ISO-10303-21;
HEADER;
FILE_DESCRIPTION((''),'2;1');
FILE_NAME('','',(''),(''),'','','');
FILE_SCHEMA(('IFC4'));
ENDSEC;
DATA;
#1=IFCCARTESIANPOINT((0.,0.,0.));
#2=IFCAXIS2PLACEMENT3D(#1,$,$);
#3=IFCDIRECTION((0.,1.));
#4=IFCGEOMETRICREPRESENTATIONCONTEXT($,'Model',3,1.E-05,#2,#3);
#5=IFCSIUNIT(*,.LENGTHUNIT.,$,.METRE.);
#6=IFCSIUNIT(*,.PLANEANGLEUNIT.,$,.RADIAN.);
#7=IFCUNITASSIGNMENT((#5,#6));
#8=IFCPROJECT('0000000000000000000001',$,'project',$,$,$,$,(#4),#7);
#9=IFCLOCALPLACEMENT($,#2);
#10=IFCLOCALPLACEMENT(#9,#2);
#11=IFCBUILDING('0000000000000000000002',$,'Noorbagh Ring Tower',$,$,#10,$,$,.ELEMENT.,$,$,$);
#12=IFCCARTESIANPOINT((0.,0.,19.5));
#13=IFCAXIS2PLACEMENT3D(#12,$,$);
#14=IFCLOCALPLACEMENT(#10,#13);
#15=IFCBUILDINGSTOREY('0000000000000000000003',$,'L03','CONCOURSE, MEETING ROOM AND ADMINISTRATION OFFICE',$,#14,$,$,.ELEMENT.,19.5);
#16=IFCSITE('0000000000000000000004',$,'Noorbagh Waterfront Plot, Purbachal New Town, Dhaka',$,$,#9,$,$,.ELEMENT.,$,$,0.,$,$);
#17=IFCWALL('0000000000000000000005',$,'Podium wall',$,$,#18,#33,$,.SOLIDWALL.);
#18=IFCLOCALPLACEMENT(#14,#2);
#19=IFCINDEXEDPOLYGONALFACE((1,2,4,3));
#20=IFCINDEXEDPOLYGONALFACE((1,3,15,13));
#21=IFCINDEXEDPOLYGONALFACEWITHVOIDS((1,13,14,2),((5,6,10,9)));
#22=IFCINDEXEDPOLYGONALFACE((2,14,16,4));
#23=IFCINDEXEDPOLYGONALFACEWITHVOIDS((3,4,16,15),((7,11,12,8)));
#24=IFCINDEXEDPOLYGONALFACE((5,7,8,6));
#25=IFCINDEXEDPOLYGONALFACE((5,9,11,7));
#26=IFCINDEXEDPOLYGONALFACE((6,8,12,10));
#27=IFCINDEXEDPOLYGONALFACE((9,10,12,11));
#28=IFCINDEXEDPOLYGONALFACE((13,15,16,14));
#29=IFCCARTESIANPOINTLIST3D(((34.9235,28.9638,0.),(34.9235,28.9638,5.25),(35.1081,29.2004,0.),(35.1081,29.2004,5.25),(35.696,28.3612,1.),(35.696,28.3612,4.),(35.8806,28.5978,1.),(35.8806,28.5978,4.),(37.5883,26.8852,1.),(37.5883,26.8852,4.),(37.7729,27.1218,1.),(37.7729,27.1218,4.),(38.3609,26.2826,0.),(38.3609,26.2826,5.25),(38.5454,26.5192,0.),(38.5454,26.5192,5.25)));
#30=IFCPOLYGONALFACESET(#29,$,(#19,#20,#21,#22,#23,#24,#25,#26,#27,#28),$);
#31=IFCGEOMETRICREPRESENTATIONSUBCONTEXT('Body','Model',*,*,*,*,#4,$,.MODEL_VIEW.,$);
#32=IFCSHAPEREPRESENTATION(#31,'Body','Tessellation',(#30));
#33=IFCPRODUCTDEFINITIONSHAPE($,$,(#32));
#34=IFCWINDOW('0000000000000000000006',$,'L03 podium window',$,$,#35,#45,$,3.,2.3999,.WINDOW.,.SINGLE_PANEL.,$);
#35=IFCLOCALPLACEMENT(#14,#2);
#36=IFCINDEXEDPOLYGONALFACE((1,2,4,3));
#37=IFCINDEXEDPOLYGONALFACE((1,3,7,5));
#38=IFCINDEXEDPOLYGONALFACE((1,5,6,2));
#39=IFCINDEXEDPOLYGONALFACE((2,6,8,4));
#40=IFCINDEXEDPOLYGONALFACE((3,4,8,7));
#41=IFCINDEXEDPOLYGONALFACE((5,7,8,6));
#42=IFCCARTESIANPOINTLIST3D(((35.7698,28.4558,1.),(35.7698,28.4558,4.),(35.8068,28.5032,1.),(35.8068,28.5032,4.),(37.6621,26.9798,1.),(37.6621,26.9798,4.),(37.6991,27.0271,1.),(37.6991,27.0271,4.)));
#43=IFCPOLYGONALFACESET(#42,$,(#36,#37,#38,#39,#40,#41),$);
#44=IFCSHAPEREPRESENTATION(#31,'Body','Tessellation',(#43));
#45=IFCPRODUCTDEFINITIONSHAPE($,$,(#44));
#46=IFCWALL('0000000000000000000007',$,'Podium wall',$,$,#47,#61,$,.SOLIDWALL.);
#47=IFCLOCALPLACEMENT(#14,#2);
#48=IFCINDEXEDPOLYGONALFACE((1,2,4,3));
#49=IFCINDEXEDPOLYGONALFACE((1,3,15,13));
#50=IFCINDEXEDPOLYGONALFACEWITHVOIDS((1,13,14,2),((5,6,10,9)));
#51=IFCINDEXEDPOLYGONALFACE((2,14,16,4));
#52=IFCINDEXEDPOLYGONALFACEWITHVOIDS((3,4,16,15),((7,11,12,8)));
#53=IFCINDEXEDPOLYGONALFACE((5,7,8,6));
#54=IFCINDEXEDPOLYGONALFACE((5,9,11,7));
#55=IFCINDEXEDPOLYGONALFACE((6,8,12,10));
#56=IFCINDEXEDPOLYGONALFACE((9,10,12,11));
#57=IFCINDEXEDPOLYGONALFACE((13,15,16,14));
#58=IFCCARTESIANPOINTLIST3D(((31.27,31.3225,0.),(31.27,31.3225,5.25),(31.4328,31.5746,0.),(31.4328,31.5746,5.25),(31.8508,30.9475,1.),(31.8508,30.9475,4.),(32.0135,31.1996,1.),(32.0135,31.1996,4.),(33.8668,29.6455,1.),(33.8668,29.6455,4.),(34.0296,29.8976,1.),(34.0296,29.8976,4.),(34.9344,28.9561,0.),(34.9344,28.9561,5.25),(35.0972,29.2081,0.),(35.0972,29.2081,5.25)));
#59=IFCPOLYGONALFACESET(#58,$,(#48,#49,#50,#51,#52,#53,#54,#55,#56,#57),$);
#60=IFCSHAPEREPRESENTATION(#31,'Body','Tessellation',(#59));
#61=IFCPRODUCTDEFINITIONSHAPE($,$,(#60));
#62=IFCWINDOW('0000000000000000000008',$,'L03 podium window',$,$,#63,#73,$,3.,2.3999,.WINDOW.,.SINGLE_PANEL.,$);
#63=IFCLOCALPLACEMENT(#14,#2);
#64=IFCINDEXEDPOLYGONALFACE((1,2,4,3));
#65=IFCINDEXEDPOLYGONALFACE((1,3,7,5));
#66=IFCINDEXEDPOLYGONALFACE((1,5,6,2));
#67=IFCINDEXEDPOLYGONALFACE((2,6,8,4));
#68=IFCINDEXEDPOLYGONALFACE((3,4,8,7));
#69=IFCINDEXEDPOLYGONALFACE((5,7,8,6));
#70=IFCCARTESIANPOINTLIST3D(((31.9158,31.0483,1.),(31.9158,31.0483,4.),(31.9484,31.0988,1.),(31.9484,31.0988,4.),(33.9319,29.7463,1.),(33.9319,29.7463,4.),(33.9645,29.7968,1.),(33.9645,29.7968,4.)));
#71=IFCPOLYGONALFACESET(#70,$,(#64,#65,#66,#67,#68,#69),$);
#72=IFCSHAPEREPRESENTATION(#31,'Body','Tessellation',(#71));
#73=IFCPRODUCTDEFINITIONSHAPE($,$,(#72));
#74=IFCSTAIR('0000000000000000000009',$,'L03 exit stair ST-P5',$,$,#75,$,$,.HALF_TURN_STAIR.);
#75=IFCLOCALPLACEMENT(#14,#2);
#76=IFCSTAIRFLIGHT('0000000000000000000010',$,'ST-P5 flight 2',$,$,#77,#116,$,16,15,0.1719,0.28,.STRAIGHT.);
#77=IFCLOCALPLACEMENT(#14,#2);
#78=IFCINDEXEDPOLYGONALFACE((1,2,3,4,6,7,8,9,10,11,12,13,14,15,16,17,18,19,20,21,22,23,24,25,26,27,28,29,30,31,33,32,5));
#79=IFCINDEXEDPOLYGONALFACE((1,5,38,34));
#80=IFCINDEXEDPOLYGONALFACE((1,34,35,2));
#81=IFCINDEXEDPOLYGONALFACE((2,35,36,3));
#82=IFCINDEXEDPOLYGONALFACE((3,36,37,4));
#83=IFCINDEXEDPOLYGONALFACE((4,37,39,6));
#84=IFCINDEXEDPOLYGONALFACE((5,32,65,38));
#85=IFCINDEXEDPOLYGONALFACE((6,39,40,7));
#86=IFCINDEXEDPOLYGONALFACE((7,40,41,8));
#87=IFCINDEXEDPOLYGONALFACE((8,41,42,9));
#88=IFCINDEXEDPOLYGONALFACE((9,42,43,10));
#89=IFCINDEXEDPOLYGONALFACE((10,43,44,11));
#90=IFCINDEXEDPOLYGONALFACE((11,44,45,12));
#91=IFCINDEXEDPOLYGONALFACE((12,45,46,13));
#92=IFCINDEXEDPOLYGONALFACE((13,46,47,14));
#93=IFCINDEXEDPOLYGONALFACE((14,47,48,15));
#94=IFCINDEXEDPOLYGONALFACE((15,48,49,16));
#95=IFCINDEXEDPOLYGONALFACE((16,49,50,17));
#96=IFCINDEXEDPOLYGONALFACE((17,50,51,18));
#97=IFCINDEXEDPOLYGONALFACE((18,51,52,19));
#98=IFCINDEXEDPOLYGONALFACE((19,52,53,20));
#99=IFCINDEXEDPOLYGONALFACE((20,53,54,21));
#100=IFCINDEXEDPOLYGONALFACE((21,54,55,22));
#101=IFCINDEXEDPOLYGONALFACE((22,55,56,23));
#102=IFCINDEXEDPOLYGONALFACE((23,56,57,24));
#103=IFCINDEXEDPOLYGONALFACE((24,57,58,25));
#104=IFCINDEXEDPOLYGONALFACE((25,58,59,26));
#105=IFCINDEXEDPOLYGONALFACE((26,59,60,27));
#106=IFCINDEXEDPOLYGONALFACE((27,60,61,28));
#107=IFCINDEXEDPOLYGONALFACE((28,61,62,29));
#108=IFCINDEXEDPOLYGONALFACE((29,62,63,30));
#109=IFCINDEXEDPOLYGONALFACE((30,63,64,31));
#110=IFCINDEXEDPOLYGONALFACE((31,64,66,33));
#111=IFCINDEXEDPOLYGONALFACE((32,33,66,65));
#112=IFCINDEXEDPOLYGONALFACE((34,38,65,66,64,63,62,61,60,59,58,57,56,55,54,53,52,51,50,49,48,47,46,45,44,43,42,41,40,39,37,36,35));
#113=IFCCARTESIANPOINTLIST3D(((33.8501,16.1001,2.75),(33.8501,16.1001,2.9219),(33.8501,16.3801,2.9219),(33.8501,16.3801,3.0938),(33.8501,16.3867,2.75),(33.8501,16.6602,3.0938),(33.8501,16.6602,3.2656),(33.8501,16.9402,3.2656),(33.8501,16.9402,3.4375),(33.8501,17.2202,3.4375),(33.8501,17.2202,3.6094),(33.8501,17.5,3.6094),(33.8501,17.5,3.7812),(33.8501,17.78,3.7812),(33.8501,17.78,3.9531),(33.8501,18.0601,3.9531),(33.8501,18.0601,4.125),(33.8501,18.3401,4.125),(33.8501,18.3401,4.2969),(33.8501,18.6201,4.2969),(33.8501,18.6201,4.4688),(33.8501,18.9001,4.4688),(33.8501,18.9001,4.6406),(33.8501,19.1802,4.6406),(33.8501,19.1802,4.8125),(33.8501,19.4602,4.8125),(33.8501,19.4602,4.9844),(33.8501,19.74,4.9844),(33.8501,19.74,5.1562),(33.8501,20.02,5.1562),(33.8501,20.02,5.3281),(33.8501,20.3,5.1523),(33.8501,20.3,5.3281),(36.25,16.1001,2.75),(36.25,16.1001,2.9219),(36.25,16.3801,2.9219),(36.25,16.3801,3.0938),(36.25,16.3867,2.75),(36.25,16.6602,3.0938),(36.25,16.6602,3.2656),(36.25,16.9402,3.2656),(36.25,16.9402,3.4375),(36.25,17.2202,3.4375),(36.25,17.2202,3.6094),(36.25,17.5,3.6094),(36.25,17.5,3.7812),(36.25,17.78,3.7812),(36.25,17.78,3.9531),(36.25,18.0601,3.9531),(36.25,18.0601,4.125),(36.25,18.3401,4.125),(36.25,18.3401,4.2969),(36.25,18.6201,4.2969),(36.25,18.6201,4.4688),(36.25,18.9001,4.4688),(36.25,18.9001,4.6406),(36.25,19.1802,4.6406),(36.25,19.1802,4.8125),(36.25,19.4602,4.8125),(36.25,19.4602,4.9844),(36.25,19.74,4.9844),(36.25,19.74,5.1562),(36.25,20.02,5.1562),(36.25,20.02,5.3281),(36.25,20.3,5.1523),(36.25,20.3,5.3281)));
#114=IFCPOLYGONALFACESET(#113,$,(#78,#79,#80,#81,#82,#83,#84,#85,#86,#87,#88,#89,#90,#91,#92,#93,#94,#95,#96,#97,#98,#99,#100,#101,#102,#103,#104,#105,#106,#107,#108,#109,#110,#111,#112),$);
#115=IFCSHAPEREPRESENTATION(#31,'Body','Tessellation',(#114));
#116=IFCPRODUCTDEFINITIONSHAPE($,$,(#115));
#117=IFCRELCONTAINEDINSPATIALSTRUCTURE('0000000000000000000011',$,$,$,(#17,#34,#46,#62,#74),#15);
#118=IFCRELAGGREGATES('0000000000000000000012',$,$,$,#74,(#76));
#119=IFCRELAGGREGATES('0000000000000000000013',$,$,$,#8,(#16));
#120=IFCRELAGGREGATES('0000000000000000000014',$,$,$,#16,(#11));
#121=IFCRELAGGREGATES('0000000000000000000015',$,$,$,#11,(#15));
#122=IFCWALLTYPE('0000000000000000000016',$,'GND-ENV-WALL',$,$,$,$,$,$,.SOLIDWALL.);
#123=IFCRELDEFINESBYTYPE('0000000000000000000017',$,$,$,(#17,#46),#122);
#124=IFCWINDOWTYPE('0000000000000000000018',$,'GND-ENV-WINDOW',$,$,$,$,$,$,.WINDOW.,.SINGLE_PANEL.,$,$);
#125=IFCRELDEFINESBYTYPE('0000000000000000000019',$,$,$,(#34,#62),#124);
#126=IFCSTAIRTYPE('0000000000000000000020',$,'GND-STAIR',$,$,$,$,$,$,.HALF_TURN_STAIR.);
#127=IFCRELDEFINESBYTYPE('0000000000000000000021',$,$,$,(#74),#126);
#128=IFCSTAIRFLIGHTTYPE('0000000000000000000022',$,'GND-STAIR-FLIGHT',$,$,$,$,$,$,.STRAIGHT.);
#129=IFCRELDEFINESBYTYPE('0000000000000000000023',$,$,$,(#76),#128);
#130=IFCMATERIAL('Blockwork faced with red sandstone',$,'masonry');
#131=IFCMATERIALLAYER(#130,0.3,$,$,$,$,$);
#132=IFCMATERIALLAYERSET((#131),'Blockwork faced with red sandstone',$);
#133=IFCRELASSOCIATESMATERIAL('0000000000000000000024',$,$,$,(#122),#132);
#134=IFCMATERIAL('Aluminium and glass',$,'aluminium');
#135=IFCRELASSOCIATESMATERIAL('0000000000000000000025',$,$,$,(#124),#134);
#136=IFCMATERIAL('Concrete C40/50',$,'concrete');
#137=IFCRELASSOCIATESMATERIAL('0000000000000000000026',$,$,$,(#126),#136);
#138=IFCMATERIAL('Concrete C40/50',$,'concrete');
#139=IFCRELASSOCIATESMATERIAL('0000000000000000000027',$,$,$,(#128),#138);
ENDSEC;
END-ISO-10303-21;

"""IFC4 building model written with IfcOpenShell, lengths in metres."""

from ifc_helpers import new_model, si_unit, direction, frame, frame_2d, origin, place, context, subcontext, project, spatial, polyline, rectangle, outline, extrude, material, layer, layer_set, type_object, element, fill, aggregate, save


model = new_model("IFC4")

# Units and contexts
model_context = context("Model", 3, precision=1e-05, world=origin(), true_north=direction((0.0, 1.0)))
body_context = subcontext(model_context, "Body", "Model", "MODEL_VIEW")
ifc_project = project(units=[si_unit("LENGTHUNIT", "METRE"), si_unit("PLANEANGLEUNIT", "RADIAN")], contexts=[model_context])

# Site, building, storey
site_placement = place(None, origin())
site = spatial("IfcSite", under=ifc_project, at=site_placement, Name="Noorbagh Waterfront Plot, Purbachal New Town, Dhaka", CompositionType="ELEMENT", RefElevation=0.0)
building_placement = place(site_placement, origin())
building = spatial("IfcBuilding", under=site, at=building_placement, Name="Noorbagh Ring Tower", CompositionType="ELEMENT")
storey_placement = place(building_placement, frame((0.0, 0.0, 19.5)))
storey = spatial("IfcBuildingStorey", under=building, at=storey_placement, Name="L03", Description="CONCOURSE, MEETING ROOM AND ADMINISTRATION OFFICE", CompositionType="ELEMENT", Elevation=19.5)

# Walls, openings, windows
ifc_material_1 = material(Name="Blockwork faced with red sandstone", Category="masonry")
ifc_layer = layer(ifc_material_1, 0.3)
ifc_layer_set = layer_set([ifc_layer], Name="Blockwork faced with red sandstone")
wall_type = type_object("IfcWallType", Name="GND-ENV-WALL", PredefinedType="SOLIDWALL", material=ifc_layer_set)
ifc_material_2 = material(Name="Aluminium and glass", Category="aluminium")
window_type = type_object("IfcWindowType", Name="GND-ENV-WINDOW", PartitioningType="SINGLE_PANEL", PredefinedType="WINDOW", material=ifc_material_2)
wall_1_placement = place(storey_placement, frame((38.4531, 26.4009, 0.0), z_axis=(0.0, 0.0, 1.0), x_axis=(-0.788492, 0.615045, 0.0)))
wall_1 = element("IfcWall", 1, at=wall_1_placement, inside=storey, type_object=wall_type, Name="Podium wall", PredefinedType="SOLIDWALL", context=body_context, shape_type="SweptSolid", body=[
    extrude(rectangle(XDim=4.3594, YDim=0.3, at=frame_2d((2.1797, 0.0))), origin(), (0.0, 0.0, 1.0), 5.25),
])
opening_1_placement = place(wall_1_placement, frame((0.9797, 0.0, 1.0)))
opening_1 = element("IfcOpeningElement", 2, at=opening_1_placement, cuts=wall_1, PredefinedType="OPENING", context=body_context, shape_type="SweptSolid", body=[
    extrude(rectangle(XDim=2.3999, YDim=3.0, at=frame_2d((1.2, 1.5))), frame((0.0, 0.1602, 0.0), z_axis=(0.0, -1.0, 0.0), x_axis=(1.0, 0.0, 0.0)), (0.0, 0.0, 1.0), 0.3201),
])
window_1_placement = place(opening_1_placement, origin())
window_1 = element("IfcWindow", 3, at=window_1_placement, inside=storey, type_object=window_type, Name="L03 podium window", OverallHeight=3.0, OverallWidth=2.3999, PartitioningType="SINGLE_PANEL", PredefinedType="WINDOW", context=body_context, shape_type="SweptSolid", body=[
    extrude(rectangle(XDim=2.3999, YDim=3.0, at=frame_2d((1.2, 1.5))), frame((0.0, 0.03, 0.0), z_axis=(0.0, -1.0, 0.0), x_axis=(1.0, 0.0, 0.0)), (0.0, 0.0, 1.0), 0.0601),
])
fill(opening_1, window_1)
wall_2_placement = place(storey_placement, frame((35.0159, 29.082, 0.0), z_axis=(0.0, 0.0, 1.0), x_axis=(-0.840047, 0.542513, 0.0)))
wall_2 = element("IfcWall", 4, at=wall_2_placement, inside=storey, type_object=wall_type, Name="Podium wall", PredefinedType="SOLIDWALL", context=body_context, shape_type="SweptSolid", body=[
    extrude(rectangle(XDim=4.3621, YDim=0.3, at=frame_2d((2.1812, 0.0))), origin(), (0.0, 0.0, 1.0), 5.25),
])
opening_2_placement = place(wall_2_placement, frame((1.271, 0.0, 1.0)))
opening_2 = element("IfcOpeningElement", 5, at=opening_2_placement, cuts=wall_2, PredefinedType="OPENING", context=body_context, shape_type="SweptSolid", body=[
    extrude(rectangle(XDim=2.3999, YDim=3.0, at=frame_2d((1.2, 1.5))), frame((0.0, 0.1602, 0.0), z_axis=(0.0, -1.0, 0.0), x_axis=(1.0, 0.0, 0.0)), (0.0, 0.0, 1.0), 0.3201),
])
window_2_placement = place(opening_2_placement, origin())
window_2 = element("IfcWindow", 6, at=window_2_placement, inside=storey, type_object=window_type, Name="L03 podium window", OverallHeight=3.0, OverallWidth=2.3999, PartitioningType="SINGLE_PANEL", PredefinedType="WINDOW", context=body_context, shape_type="SweptSolid", body=[
    extrude(rectangle(XDim=2.3999, YDim=3.0, at=frame_2d((1.2, 1.5))), frame((0.0, 0.03, 0.0), z_axis=(0.0, -1.0, 0.0), x_axis=(1.0, 0.0, 0.0)), (0.0, 0.0, 1.0), 0.0601),
])
fill(opening_2, window_2)

# Stair, stair flight
ifc_material_3 = material(Name="Concrete C40/50", Category="concrete")
stair_type = type_object("IfcStairType", Name="GND-STAIR", PredefinedType="HALF_TURN_STAIR", material=ifc_material_3)
stair_placement = place(storey_placement, origin())
stair = element("IfcStair", 7, at=stair_placement, inside=storey, type_object=stair_type, Name="L03 exit stair ST-P5", PredefinedType="HALF_TURN_STAIR")
ifc_material_4 = material(Name="Concrete C40/50", Category="concrete")
stair_flight_type = type_object("IfcStairFlightType", Name="GND-STAIR-FLIGHT", PredefinedType="STRAIGHT", material=ifc_material_4)
stair_flight_placement = place(storey_placement, frame((35.05, 16.1001, 2.75), z_axis=(0.0, 0.0, 1.0), x_axis=(0.0, 1.0, 0.0)))
stair_flight = element("IfcStairFlight", 8, at=stair_flight_placement, type_object=stair_flight_type, Name="ST-P5 flight 2", NumberOfRisers=16, NumberOfTreads=15, PredefinedType="STRAIGHT", RiserHeight=0.1719, TreadLength=0.28, context=body_context, shape_type="SweptSolid", body=[
    extrude(outline(polyline([(0.0, 0.0), (0.0, 0.1719), (0.28, 0.1719), (0.28, 0.3438), (0.5601, 0.3438), (0.5601, 0.5156), (0.8401, 0.5156), (0.8401, 0.6875), (1.1201, 0.6875), (1.1201, 0.8594), (1.3999, 0.8594), (1.3999, 1.0312), (1.6799, 1.0312), (1.6799, 1.2031), (1.96, 1.2031), (1.96, 1.375), (2.24, 1.375), (2.24, 1.5469), (2.52, 1.5469), (2.52, 1.7188), (2.8, 1.7188), (2.8, 1.8906), (3.0801, 1.8906), (3.0801, 2.0625), (3.3601, 2.0625), (3.3601, 2.2344), (3.6399, 2.2344), (3.6399, 2.4062), (3.9199, 2.4062), (3.9199, 2.5781), (4.2, 2.5781), (4.2, 2.75), (4.2, 2.4023), (0.2866, 0.0), (0.0, 0.0)])), frame((0.0, 1.2, 0.0), z_axis=(0.0, -1.0, 0.0), x_axis=(1.0, 0.0, 0.0)), (0.0, 0.0, 1.0), 2.3999),
])
aggregate(stair, [stair_flight])

save(model, "model.ifc")
